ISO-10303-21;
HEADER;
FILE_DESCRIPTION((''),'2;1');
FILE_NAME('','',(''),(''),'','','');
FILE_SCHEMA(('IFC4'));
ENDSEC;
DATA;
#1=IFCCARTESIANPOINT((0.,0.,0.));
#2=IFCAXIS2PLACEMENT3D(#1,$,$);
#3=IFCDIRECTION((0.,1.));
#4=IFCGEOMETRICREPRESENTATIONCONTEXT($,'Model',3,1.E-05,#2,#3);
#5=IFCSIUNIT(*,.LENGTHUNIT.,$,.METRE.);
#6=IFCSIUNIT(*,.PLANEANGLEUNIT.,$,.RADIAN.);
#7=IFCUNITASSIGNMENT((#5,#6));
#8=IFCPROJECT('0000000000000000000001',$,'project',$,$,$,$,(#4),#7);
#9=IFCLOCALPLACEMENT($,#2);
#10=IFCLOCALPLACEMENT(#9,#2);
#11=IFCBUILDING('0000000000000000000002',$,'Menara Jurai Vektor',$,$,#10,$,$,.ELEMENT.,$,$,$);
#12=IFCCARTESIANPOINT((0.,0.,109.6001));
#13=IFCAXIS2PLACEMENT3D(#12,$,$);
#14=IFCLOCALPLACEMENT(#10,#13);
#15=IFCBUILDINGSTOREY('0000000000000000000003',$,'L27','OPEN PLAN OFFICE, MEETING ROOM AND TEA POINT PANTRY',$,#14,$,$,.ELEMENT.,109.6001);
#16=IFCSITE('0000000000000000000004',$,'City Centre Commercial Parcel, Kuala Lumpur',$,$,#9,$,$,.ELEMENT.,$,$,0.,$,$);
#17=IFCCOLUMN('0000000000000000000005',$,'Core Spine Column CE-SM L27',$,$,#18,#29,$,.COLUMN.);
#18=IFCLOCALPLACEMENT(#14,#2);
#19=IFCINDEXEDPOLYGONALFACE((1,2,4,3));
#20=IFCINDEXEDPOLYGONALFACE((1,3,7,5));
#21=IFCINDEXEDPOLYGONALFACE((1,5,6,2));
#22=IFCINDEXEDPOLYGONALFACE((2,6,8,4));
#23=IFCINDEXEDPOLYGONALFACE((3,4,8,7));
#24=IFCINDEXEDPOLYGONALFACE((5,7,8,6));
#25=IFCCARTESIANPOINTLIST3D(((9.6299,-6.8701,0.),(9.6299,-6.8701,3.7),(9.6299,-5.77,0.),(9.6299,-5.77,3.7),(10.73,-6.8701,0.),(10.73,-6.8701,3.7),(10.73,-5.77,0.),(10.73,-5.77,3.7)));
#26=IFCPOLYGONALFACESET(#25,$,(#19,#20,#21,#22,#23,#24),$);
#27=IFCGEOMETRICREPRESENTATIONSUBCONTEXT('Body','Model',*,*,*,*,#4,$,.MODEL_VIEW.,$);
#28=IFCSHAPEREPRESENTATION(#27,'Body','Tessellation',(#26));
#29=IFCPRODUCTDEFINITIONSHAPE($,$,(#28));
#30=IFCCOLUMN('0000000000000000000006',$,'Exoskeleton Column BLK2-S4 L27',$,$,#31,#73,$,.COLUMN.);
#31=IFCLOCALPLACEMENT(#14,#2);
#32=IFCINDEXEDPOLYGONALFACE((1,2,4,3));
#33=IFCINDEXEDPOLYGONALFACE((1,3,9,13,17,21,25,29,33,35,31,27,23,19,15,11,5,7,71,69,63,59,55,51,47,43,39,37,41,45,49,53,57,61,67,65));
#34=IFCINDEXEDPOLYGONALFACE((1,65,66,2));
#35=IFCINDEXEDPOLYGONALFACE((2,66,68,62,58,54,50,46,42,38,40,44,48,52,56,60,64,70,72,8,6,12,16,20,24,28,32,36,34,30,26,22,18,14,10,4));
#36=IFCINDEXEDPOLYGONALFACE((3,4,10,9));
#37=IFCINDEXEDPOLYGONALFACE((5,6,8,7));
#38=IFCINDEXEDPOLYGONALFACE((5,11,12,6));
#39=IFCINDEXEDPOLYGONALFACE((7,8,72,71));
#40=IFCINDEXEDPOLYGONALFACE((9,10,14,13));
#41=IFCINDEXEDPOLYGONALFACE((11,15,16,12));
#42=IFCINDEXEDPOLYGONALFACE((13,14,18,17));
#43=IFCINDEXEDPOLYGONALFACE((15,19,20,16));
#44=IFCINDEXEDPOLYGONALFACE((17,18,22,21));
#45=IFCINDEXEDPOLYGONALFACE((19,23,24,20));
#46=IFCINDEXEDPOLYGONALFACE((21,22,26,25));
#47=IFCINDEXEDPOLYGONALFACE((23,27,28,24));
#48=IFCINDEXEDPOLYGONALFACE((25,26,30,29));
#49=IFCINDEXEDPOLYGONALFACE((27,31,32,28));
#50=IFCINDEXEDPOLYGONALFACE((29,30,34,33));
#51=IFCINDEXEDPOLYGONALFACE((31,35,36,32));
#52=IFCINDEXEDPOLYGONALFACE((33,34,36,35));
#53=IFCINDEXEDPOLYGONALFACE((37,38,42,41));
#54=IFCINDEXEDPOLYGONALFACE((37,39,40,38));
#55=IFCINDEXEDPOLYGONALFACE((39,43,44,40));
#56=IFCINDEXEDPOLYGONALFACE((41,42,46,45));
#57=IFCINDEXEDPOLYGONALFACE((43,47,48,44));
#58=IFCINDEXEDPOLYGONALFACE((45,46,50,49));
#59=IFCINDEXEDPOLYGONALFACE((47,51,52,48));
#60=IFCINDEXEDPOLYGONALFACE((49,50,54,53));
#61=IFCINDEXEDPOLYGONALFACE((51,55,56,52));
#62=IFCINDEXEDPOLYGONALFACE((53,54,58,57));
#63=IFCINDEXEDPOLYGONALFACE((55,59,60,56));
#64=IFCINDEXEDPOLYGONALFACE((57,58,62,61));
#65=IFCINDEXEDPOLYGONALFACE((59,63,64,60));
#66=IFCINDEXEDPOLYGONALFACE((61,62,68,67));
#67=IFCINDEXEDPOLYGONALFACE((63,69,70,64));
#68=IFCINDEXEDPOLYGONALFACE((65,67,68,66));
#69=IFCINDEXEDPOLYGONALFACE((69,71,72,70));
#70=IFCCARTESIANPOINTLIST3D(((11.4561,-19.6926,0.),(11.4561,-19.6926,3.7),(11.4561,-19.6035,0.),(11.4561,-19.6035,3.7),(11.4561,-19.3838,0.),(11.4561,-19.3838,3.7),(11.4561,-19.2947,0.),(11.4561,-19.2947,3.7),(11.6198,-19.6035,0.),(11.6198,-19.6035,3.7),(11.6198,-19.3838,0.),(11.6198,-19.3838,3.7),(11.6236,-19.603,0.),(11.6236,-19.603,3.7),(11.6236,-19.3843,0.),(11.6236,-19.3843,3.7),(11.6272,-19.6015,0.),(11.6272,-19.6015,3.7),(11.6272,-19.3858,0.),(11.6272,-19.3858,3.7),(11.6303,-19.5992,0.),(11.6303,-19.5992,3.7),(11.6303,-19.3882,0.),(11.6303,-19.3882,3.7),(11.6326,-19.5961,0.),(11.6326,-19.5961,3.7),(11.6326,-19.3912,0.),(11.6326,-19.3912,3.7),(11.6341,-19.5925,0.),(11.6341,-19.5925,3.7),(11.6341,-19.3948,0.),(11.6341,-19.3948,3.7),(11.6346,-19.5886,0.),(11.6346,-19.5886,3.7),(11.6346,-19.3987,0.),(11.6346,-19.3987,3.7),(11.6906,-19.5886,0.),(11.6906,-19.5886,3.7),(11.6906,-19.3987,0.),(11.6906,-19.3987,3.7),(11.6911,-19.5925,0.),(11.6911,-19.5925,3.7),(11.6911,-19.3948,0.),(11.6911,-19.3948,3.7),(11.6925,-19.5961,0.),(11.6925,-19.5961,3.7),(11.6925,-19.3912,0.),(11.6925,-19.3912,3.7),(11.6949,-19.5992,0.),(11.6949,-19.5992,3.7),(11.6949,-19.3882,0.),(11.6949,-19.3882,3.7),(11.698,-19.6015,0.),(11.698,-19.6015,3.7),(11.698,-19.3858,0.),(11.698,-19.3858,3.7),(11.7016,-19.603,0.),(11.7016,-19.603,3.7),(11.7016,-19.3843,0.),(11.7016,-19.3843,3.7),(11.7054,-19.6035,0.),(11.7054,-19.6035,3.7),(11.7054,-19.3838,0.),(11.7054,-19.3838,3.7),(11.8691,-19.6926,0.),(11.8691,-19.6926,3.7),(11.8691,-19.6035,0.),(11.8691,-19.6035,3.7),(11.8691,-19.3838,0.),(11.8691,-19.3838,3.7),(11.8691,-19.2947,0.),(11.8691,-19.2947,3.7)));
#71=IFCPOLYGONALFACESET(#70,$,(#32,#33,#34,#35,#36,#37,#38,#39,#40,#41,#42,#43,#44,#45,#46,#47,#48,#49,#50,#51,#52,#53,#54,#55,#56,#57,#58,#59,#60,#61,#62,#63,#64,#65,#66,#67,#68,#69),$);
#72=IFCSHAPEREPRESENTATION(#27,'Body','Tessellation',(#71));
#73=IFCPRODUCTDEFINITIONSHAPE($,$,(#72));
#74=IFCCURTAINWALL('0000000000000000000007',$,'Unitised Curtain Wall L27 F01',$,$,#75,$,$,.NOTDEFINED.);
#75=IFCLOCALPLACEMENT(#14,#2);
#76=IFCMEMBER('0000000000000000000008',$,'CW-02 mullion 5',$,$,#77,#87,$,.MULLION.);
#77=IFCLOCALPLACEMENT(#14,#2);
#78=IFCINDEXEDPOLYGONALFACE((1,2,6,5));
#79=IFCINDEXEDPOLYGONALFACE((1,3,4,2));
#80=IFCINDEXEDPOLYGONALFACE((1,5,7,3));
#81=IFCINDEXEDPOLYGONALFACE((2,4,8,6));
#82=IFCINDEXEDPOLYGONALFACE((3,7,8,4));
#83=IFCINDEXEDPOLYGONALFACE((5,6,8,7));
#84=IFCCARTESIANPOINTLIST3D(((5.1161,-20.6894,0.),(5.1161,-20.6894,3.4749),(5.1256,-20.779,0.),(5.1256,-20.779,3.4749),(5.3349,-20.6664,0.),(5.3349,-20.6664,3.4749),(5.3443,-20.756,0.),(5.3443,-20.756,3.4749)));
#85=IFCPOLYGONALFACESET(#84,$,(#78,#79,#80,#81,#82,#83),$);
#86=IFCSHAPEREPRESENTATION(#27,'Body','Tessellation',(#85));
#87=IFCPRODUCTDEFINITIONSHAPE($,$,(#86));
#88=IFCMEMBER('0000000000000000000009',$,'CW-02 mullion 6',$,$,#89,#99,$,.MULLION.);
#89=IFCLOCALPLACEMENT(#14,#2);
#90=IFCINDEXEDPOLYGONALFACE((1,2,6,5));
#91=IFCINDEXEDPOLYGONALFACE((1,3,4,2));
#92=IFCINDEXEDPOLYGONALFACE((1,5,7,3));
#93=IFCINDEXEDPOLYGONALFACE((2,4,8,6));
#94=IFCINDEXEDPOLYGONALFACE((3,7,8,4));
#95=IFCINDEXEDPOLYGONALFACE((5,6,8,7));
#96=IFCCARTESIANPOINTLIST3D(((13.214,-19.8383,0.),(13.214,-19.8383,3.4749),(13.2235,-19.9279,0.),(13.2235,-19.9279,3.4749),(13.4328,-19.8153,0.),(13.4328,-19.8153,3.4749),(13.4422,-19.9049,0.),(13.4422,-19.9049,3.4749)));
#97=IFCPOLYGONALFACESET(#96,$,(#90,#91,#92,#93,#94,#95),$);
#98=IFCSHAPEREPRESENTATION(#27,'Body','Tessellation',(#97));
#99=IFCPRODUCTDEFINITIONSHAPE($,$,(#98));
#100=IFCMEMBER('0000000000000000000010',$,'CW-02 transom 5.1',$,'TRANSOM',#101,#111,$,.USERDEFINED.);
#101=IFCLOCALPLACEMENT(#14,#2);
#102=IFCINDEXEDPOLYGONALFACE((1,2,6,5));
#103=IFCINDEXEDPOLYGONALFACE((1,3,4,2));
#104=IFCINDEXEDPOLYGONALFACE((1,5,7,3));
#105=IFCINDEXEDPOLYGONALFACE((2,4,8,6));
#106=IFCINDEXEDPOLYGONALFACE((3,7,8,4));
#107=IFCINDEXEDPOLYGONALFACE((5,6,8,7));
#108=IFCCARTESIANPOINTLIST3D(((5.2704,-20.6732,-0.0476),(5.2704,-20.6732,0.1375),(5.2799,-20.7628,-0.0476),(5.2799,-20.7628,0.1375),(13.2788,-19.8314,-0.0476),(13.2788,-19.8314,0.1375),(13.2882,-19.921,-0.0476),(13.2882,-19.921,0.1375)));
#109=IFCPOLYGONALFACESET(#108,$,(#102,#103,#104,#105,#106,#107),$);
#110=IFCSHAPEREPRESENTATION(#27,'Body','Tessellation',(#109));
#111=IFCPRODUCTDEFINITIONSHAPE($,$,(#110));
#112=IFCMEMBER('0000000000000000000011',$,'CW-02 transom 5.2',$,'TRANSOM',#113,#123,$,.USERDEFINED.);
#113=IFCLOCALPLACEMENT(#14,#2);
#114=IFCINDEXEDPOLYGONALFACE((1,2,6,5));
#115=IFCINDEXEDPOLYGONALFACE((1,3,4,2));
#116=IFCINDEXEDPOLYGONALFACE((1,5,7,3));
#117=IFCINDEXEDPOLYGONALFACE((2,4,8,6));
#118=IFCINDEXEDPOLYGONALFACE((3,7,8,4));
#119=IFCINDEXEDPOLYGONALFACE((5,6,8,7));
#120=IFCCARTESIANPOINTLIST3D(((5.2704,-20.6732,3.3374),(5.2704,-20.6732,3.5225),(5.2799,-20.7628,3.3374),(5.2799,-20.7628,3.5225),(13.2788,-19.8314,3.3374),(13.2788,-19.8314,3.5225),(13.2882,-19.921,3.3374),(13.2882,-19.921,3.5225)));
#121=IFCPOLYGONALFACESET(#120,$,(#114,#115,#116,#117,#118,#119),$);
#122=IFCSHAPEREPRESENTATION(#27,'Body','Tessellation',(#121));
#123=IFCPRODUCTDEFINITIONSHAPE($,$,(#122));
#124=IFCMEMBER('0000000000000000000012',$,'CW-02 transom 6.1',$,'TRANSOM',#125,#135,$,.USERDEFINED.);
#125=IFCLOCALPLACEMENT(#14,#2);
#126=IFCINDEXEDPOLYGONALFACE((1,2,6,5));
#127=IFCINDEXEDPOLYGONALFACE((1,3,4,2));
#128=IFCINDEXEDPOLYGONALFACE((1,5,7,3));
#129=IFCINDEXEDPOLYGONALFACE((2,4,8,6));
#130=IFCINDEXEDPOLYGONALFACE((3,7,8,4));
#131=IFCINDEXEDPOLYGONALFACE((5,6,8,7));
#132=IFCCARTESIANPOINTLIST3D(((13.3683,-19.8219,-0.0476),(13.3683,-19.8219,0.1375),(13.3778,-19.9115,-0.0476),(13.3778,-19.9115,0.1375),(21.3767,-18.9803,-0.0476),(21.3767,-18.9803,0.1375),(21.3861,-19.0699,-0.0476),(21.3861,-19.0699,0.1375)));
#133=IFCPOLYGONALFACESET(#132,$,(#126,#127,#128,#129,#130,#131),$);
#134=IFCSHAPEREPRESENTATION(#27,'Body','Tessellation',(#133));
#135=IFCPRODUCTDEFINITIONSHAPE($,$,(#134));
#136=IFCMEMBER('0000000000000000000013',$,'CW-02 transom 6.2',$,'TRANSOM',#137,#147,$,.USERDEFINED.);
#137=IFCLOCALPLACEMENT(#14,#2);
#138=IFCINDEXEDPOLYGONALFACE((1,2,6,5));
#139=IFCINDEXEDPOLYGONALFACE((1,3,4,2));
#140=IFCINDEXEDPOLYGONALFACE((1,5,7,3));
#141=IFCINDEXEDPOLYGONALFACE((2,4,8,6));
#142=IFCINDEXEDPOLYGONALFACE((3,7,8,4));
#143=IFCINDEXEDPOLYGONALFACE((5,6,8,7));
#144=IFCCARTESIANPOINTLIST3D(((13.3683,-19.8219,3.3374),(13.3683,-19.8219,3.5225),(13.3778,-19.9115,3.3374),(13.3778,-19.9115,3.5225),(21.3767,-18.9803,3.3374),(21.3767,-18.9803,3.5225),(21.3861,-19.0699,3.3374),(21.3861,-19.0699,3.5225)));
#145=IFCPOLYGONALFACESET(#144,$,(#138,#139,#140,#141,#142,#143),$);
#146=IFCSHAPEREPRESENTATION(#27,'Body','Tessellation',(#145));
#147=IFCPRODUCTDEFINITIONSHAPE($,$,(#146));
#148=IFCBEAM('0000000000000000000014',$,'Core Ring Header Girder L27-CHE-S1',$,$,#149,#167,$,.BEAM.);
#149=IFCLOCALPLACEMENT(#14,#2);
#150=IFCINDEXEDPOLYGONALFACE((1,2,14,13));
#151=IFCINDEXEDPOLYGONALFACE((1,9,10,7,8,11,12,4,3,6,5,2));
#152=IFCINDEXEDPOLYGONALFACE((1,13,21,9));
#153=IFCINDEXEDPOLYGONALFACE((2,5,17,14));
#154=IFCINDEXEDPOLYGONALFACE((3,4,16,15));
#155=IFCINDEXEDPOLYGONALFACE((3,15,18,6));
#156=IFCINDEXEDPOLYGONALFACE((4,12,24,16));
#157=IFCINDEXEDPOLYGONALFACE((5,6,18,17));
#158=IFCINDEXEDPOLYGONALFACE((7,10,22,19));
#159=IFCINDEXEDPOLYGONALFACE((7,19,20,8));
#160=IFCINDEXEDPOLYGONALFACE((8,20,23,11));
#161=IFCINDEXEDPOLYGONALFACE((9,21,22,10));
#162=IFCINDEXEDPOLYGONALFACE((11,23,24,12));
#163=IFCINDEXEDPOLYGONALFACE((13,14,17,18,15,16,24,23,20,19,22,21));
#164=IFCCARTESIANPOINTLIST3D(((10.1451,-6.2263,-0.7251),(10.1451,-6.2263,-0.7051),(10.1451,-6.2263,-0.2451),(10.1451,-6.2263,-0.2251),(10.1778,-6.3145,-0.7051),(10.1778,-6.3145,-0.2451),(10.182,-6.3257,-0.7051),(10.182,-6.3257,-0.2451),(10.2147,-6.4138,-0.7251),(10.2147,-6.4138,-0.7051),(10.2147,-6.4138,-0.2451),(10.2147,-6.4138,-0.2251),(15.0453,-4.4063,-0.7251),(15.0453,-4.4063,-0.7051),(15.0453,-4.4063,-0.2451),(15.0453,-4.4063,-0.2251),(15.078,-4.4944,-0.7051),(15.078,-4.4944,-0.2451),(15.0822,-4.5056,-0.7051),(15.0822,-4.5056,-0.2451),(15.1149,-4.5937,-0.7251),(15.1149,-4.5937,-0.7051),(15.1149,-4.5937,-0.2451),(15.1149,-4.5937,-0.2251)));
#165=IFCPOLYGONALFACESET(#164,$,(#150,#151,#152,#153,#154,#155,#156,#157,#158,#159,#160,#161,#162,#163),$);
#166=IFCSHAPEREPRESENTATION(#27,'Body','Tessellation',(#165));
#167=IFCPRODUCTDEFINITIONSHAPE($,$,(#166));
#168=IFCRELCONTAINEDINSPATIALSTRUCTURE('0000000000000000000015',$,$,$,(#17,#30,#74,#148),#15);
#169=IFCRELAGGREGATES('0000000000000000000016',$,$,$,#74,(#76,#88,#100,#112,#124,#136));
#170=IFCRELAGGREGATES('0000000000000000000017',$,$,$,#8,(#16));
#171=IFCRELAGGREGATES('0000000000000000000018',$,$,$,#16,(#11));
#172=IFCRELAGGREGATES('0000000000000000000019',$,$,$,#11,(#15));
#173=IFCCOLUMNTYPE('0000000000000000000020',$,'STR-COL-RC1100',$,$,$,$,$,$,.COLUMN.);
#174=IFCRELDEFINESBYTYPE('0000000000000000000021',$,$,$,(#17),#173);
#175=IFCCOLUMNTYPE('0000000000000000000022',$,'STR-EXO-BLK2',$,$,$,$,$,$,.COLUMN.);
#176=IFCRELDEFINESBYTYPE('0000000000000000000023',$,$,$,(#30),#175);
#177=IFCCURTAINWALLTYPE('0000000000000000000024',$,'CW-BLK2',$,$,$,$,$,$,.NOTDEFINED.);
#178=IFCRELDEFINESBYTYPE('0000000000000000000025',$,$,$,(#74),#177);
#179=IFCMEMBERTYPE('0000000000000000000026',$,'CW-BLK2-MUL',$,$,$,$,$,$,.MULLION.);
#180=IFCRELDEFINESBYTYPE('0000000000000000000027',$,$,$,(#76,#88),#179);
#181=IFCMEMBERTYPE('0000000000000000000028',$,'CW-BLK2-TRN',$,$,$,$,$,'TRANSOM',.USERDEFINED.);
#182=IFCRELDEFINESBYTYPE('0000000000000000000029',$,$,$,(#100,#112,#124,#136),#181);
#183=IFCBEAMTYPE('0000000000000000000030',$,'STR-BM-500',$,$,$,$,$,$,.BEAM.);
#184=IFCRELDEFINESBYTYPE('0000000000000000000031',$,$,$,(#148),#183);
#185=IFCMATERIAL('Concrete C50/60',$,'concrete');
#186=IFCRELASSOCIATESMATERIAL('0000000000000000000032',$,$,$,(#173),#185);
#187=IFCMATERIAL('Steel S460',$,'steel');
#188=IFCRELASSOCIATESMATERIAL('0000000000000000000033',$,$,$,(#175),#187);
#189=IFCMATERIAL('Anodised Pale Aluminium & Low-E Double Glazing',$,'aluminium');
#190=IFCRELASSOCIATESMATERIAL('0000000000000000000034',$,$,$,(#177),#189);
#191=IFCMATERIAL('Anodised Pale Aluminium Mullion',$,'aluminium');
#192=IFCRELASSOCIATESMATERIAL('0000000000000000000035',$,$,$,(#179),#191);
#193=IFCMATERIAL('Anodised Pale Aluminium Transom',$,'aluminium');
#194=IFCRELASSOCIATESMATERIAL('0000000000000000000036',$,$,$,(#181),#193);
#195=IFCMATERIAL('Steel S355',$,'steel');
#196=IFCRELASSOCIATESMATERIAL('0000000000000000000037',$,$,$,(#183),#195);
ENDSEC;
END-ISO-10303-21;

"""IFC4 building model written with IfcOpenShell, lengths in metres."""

from ifc_helpers import new_model, si_unit, direction, frame, origin, origin_2d, place, context, subcontext, project, spatial, rectangle, i_section, extrude, material, material_profile, profile_set, type_object, element, aggregate, save


model = new_model("IFC4")

# Units and contexts
model_context = context("Model", 3, precision=1e-05, world=origin(), true_north=direction((0.0, 1.0)))
body_context = subcontext(model_context, "Body", "Model", "MODEL_VIEW")
ifc_project = project(units=[si_unit("LENGTHUNIT", "METRE"), si_unit("PLANEANGLEUNIT", "RADIAN")], contexts=[model_context])

# Site, building, storey
site_placement = place(None, origin())
site = spatial("IfcSite", under=ifc_project, at=site_placement, Name="City Centre Commercial Parcel, Kuala Lumpur", CompositionType="ELEMENT", RefElevation=0.0)
building_placement = place(site_placement, origin())
building = spatial("IfcBuilding", under=site, at=building_placement, Name="Menara Jurai Vektor", CompositionType="ELEMENT")
storey_placement = place(building_placement, frame((0.0, 0.0, 109.6001)))
storey = spatial("IfcBuildingStorey", under=building, at=storey_placement, Name="L27", Description="OPEN PLAN OFFICE, MEETING ROOM AND TEA POINT PANTRY", CompositionType="ELEMENT", Elevation=109.6001)

# Columns
ifc_material_1 = material(Name="Concrete C50/60", Category="concrete")
ifc_material_profile_1 = material_profile(ifc_material_1, rectangle(XDim=1.1001, YDim=1.1001, at=origin_2d()), Name="RC 1100x1100")
ifc_profile_set_1 = profile_set([ifc_material_profile_1], Name="Concrete C50/60")
column_type_1 = type_object("IfcColumnType", Name="STR-COL-RC1100", PredefinedType="COLUMN", material=ifc_profile_set_1)
column_1_placement = place(storey_placement, frame((10.1799, -6.3201, 0.0), z_axis=(0.0, 0.0, 1.0), x_axis=(1.0, 0.0, 0.0)))
element("IfcColumn", 1, at=column_1_placement, inside=storey, type_object=column_type_1, Name="Core Spine Column CE-SM L27", PredefinedType="COLUMN", context=body_context, shape_type="SweptSolid", body=[
    extrude(rectangle(XDim=1.1001, YDim=1.1001, at=origin_2d()), origin(), (0.0, 0.0, 1.0), 3.7),
])
ifc_material_2 = material(Name="Steel S460", Category="steel")
ifc_material_profile_2 = material_profile(ifc_material_2, i_section(OverallWidth=0.4131, OverallDepth=0.3979, WebThickness=0.0559, FlangeThickness=0.0891, FilletRadius=0.0149, at=origin_2d()), Name="HD 400x744")
ifc_profile_set_2 = profile_set([ifc_material_profile_2], Name="Steel S460")
column_type_2 = type_object("IfcColumnType", Name="STR-EXO-BLK2", PredefinedType="COLUMN", material=ifc_profile_set_2)
column_2_placement = place(storey_placement, frame((11.6626, -19.4937, 0.0), z_axis=(0.0, 0.0, 1.0), x_axis=(1.0, 0.0, 0.0)))
element("IfcColumn", 2, at=column_2_placement, inside=storey, type_object=column_type_2, Name="Exoskeleton Column BLK2-S4 L27", PredefinedType="COLUMN", context=body_context, shape_type="SweptSolid", body=[
    extrude(i_section(OverallWidth=0.4131, OverallDepth=0.3979, WebThickness=0.0559, FlangeThickness=0.0891, FilletRadius=0.0149, at=origin_2d()), origin(), (0.0, 0.0, 1.0), 3.7),
])

# Curtain wall, members
ifc_material_3 = material(Name="Anodised Pale Aluminium & Low-E Double Glazing", Category="aluminium")
curtain_wall_type = type_object("IfcCurtainWallType", Name="CW-BLK2", PredefinedType="NOTDEFINED", material=ifc_material_3)
curtain_wall_placement = place(storey_placement, origin())
curtain_wall = element("IfcCurtainWall", 3, at=curtain_wall_placement, inside=storey, type_object=curtain_wall_type, Name="Unitised Curtain Wall L27 F01", PredefinedType="NOTDEFINED")
ifc_material_4 = material(Name="Anodised Pale Aluminium Mullion", Category="aluminium")
ifc_material_profile_3 = material_profile(ifc_material_4, rectangle(XDim=0.0901, YDim=0.22, at=origin_2d()), Name="ALU MUL 90x220")
ifc_profile_set_3 = profile_set([ifc_material_profile_3], Name="Anodised Pale Aluminium Mullion")
member_type_1 = type_object("IfcMemberType", Name="CW-BLK2-MUL", PredefinedType="MULLION", material=ifc_profile_set_3)
member_1_placement = place(storey_placement, frame((5.2302, -20.7227, 0.0), z_axis=(0.0, 0.0, 1.0), x_axis=(-0.104529, 0.994522, 0.0)))
member_1 = element("IfcMember", 4, at=member_1_placement, type_object=member_type_1, Name="CW-02 mullion 5", PredefinedType="MULLION", context=body_context, shape_type="SweptSolid", body=[
    extrude(rectangle(XDim=0.0901, YDim=0.22, at=origin_2d()), origin(), (0.0, 0.0, 1.0), 3.4749),
])
member_2_placement = place(storey_placement, frame((13.3281, -19.8716, 0.0), z_axis=(0.0, 0.0, 1.0), x_axis=(-0.104529, 0.994522, 0.0)))
member_2 = element("IfcMember", 5, at=member_2_placement, type_object=member_type_1, Name="CW-02 mullion 6", PredefinedType="MULLION", context=body_context, shape_type="SweptSolid", body=[
    extrude(rectangle(XDim=0.0901, YDim=0.22, at=origin_2d()), origin(), (0.0, 0.0, 1.0), 3.4749),
])
ifc_material_5 = material(Name="Anodised Pale Aluminium Transom", Category="aluminium")
ifc_material_profile_4 = material_profile(ifc_material_5, rectangle(XDim=0.0901, YDim=0.1851, at=origin_2d()), Name="ALU TRN 90x185")
ifc_profile_set_4 = profile_set([ifc_material_profile_4], Name="Anodised Pale Aluminium Transom")
member_type_2 = type_object("IfcMemberType", Name="CW-BLK2-TRN", ElementType="TRANSOM", PredefinedType="USERDEFINED", material=ifc_profile_set_4)
member_3_placement = place(storey_placement, frame((5.2751, -20.718, 0.0449), z_axis=(0.994521, 0.10454, 0.0), x_axis=(-0.10454, 0.994521, 0.0)))
member_3 = element("IfcMember", 6, at=member_3_placement, type_object=member_type_2, Name="CW-02 transom 5.1", ObjectType="TRANSOM", PredefinedType="USERDEFINED", context=body_context, shape_type="SweptSolid", body=[
    extrude(rectangle(XDim=0.0901, YDim=0.1851, at=origin_2d()), origin(), (0.0, 0.0, 1.0), 8.0525),
])
member_4_placement = place(storey_placement, frame((5.2751, -20.718, 3.4299), z_axis=(0.994521, 0.10454, 0.0), x_axis=(-0.10454, 0.994521, 0.0)))
member_4 = element("IfcMember", 7, at=member_4_placement, type_object=member_type_2, Name="CW-02 transom 5.2", ObjectType="TRANSOM", PredefinedType="USERDEFINED", context=body_context, shape_type="SweptSolid", body=[
    extrude(rectangle(XDim=0.0901, YDim=0.1851, at=origin_2d()), origin(), (0.0, 0.0, 1.0), 8.0525),
])
member_5_placement = place(storey_placement, frame((13.373, -19.8667, 0.0449), z_axis=(0.994524, 0.10451, 0.0), x_axis=(-0.10451, 0.994524, 0.0)))
member_5 = element("IfcMember", 8, at=member_5_placement, type_object=member_type_2, Name="CW-02 transom 6.1", ObjectType="TRANSOM", PredefinedType="USERDEFINED", context=body_context, shape_type="SweptSolid", body=[
    extrude(rectangle(XDim=0.0901, YDim=0.1851, at=origin_2d()), origin(), (0.0, 0.0, 1.0), 8.0525),
])
member_6_placement = place(storey_placement, frame((13.373, -19.8667, 3.4299), z_axis=(0.994524, 0.10451, 0.0), x_axis=(-0.10451, 0.994524, 0.0)))
member_6 = element("IfcMember", 9, at=member_6_placement, type_object=member_type_2, Name="CW-02 transom 6.2", ObjectType="TRANSOM", PredefinedType="USERDEFINED", context=body_context, shape_type="SweptSolid", body=[
    extrude(rectangle(XDim=0.0901, YDim=0.1851, at=origin_2d()), origin(), (0.0, 0.0, 1.0), 8.0525),
])

# Beam
ifc_material_6 = material(Name="Steel S355", Category="steel")
ifc_material_profile_5 = material_profile(ifc_material_6, i_section(OverallWidth=0.2, OverallDepth=0.5, WebThickness=0.012, FlangeThickness=0.02, at=origin_2d()), Name="PG 500x200x96")
ifc_profile_set_5 = profile_set([ifc_material_profile_5], Name="Steel S355")
beam_type_1 = type_object("IfcBeamType", Name="STR-BM-500", PredefinedType="BEAM", material=ifc_profile_set_5)
beam_1_placement = place(storey_placement, frame((10.1799, -6.3201, -0.4751), z_axis=(0.937424, 0.348189, 0.0), x_axis=(-0.348189, 0.937424, 0.0)))
element("IfcBeam", 10, at=beam_1_placement, inside=storey, type_object=beam_type_1, Name="Core Ring Header Girder L27-CHE-S1", PredefinedType="BEAM", context=body_context, shape_type="SweptSolid", body=[
    extrude(i_section(OverallWidth=0.2, OverallDepth=0.5, WebThickness=0.012, FlangeThickness=0.02, at=origin_2d()), origin(), (0.0, 0.0, 1.0), 5.2273),
])

aggregate(curtain_wall, [member_1, member_2, member_3, member_4, member_5, member_6])

save(model, "model.ifc")
